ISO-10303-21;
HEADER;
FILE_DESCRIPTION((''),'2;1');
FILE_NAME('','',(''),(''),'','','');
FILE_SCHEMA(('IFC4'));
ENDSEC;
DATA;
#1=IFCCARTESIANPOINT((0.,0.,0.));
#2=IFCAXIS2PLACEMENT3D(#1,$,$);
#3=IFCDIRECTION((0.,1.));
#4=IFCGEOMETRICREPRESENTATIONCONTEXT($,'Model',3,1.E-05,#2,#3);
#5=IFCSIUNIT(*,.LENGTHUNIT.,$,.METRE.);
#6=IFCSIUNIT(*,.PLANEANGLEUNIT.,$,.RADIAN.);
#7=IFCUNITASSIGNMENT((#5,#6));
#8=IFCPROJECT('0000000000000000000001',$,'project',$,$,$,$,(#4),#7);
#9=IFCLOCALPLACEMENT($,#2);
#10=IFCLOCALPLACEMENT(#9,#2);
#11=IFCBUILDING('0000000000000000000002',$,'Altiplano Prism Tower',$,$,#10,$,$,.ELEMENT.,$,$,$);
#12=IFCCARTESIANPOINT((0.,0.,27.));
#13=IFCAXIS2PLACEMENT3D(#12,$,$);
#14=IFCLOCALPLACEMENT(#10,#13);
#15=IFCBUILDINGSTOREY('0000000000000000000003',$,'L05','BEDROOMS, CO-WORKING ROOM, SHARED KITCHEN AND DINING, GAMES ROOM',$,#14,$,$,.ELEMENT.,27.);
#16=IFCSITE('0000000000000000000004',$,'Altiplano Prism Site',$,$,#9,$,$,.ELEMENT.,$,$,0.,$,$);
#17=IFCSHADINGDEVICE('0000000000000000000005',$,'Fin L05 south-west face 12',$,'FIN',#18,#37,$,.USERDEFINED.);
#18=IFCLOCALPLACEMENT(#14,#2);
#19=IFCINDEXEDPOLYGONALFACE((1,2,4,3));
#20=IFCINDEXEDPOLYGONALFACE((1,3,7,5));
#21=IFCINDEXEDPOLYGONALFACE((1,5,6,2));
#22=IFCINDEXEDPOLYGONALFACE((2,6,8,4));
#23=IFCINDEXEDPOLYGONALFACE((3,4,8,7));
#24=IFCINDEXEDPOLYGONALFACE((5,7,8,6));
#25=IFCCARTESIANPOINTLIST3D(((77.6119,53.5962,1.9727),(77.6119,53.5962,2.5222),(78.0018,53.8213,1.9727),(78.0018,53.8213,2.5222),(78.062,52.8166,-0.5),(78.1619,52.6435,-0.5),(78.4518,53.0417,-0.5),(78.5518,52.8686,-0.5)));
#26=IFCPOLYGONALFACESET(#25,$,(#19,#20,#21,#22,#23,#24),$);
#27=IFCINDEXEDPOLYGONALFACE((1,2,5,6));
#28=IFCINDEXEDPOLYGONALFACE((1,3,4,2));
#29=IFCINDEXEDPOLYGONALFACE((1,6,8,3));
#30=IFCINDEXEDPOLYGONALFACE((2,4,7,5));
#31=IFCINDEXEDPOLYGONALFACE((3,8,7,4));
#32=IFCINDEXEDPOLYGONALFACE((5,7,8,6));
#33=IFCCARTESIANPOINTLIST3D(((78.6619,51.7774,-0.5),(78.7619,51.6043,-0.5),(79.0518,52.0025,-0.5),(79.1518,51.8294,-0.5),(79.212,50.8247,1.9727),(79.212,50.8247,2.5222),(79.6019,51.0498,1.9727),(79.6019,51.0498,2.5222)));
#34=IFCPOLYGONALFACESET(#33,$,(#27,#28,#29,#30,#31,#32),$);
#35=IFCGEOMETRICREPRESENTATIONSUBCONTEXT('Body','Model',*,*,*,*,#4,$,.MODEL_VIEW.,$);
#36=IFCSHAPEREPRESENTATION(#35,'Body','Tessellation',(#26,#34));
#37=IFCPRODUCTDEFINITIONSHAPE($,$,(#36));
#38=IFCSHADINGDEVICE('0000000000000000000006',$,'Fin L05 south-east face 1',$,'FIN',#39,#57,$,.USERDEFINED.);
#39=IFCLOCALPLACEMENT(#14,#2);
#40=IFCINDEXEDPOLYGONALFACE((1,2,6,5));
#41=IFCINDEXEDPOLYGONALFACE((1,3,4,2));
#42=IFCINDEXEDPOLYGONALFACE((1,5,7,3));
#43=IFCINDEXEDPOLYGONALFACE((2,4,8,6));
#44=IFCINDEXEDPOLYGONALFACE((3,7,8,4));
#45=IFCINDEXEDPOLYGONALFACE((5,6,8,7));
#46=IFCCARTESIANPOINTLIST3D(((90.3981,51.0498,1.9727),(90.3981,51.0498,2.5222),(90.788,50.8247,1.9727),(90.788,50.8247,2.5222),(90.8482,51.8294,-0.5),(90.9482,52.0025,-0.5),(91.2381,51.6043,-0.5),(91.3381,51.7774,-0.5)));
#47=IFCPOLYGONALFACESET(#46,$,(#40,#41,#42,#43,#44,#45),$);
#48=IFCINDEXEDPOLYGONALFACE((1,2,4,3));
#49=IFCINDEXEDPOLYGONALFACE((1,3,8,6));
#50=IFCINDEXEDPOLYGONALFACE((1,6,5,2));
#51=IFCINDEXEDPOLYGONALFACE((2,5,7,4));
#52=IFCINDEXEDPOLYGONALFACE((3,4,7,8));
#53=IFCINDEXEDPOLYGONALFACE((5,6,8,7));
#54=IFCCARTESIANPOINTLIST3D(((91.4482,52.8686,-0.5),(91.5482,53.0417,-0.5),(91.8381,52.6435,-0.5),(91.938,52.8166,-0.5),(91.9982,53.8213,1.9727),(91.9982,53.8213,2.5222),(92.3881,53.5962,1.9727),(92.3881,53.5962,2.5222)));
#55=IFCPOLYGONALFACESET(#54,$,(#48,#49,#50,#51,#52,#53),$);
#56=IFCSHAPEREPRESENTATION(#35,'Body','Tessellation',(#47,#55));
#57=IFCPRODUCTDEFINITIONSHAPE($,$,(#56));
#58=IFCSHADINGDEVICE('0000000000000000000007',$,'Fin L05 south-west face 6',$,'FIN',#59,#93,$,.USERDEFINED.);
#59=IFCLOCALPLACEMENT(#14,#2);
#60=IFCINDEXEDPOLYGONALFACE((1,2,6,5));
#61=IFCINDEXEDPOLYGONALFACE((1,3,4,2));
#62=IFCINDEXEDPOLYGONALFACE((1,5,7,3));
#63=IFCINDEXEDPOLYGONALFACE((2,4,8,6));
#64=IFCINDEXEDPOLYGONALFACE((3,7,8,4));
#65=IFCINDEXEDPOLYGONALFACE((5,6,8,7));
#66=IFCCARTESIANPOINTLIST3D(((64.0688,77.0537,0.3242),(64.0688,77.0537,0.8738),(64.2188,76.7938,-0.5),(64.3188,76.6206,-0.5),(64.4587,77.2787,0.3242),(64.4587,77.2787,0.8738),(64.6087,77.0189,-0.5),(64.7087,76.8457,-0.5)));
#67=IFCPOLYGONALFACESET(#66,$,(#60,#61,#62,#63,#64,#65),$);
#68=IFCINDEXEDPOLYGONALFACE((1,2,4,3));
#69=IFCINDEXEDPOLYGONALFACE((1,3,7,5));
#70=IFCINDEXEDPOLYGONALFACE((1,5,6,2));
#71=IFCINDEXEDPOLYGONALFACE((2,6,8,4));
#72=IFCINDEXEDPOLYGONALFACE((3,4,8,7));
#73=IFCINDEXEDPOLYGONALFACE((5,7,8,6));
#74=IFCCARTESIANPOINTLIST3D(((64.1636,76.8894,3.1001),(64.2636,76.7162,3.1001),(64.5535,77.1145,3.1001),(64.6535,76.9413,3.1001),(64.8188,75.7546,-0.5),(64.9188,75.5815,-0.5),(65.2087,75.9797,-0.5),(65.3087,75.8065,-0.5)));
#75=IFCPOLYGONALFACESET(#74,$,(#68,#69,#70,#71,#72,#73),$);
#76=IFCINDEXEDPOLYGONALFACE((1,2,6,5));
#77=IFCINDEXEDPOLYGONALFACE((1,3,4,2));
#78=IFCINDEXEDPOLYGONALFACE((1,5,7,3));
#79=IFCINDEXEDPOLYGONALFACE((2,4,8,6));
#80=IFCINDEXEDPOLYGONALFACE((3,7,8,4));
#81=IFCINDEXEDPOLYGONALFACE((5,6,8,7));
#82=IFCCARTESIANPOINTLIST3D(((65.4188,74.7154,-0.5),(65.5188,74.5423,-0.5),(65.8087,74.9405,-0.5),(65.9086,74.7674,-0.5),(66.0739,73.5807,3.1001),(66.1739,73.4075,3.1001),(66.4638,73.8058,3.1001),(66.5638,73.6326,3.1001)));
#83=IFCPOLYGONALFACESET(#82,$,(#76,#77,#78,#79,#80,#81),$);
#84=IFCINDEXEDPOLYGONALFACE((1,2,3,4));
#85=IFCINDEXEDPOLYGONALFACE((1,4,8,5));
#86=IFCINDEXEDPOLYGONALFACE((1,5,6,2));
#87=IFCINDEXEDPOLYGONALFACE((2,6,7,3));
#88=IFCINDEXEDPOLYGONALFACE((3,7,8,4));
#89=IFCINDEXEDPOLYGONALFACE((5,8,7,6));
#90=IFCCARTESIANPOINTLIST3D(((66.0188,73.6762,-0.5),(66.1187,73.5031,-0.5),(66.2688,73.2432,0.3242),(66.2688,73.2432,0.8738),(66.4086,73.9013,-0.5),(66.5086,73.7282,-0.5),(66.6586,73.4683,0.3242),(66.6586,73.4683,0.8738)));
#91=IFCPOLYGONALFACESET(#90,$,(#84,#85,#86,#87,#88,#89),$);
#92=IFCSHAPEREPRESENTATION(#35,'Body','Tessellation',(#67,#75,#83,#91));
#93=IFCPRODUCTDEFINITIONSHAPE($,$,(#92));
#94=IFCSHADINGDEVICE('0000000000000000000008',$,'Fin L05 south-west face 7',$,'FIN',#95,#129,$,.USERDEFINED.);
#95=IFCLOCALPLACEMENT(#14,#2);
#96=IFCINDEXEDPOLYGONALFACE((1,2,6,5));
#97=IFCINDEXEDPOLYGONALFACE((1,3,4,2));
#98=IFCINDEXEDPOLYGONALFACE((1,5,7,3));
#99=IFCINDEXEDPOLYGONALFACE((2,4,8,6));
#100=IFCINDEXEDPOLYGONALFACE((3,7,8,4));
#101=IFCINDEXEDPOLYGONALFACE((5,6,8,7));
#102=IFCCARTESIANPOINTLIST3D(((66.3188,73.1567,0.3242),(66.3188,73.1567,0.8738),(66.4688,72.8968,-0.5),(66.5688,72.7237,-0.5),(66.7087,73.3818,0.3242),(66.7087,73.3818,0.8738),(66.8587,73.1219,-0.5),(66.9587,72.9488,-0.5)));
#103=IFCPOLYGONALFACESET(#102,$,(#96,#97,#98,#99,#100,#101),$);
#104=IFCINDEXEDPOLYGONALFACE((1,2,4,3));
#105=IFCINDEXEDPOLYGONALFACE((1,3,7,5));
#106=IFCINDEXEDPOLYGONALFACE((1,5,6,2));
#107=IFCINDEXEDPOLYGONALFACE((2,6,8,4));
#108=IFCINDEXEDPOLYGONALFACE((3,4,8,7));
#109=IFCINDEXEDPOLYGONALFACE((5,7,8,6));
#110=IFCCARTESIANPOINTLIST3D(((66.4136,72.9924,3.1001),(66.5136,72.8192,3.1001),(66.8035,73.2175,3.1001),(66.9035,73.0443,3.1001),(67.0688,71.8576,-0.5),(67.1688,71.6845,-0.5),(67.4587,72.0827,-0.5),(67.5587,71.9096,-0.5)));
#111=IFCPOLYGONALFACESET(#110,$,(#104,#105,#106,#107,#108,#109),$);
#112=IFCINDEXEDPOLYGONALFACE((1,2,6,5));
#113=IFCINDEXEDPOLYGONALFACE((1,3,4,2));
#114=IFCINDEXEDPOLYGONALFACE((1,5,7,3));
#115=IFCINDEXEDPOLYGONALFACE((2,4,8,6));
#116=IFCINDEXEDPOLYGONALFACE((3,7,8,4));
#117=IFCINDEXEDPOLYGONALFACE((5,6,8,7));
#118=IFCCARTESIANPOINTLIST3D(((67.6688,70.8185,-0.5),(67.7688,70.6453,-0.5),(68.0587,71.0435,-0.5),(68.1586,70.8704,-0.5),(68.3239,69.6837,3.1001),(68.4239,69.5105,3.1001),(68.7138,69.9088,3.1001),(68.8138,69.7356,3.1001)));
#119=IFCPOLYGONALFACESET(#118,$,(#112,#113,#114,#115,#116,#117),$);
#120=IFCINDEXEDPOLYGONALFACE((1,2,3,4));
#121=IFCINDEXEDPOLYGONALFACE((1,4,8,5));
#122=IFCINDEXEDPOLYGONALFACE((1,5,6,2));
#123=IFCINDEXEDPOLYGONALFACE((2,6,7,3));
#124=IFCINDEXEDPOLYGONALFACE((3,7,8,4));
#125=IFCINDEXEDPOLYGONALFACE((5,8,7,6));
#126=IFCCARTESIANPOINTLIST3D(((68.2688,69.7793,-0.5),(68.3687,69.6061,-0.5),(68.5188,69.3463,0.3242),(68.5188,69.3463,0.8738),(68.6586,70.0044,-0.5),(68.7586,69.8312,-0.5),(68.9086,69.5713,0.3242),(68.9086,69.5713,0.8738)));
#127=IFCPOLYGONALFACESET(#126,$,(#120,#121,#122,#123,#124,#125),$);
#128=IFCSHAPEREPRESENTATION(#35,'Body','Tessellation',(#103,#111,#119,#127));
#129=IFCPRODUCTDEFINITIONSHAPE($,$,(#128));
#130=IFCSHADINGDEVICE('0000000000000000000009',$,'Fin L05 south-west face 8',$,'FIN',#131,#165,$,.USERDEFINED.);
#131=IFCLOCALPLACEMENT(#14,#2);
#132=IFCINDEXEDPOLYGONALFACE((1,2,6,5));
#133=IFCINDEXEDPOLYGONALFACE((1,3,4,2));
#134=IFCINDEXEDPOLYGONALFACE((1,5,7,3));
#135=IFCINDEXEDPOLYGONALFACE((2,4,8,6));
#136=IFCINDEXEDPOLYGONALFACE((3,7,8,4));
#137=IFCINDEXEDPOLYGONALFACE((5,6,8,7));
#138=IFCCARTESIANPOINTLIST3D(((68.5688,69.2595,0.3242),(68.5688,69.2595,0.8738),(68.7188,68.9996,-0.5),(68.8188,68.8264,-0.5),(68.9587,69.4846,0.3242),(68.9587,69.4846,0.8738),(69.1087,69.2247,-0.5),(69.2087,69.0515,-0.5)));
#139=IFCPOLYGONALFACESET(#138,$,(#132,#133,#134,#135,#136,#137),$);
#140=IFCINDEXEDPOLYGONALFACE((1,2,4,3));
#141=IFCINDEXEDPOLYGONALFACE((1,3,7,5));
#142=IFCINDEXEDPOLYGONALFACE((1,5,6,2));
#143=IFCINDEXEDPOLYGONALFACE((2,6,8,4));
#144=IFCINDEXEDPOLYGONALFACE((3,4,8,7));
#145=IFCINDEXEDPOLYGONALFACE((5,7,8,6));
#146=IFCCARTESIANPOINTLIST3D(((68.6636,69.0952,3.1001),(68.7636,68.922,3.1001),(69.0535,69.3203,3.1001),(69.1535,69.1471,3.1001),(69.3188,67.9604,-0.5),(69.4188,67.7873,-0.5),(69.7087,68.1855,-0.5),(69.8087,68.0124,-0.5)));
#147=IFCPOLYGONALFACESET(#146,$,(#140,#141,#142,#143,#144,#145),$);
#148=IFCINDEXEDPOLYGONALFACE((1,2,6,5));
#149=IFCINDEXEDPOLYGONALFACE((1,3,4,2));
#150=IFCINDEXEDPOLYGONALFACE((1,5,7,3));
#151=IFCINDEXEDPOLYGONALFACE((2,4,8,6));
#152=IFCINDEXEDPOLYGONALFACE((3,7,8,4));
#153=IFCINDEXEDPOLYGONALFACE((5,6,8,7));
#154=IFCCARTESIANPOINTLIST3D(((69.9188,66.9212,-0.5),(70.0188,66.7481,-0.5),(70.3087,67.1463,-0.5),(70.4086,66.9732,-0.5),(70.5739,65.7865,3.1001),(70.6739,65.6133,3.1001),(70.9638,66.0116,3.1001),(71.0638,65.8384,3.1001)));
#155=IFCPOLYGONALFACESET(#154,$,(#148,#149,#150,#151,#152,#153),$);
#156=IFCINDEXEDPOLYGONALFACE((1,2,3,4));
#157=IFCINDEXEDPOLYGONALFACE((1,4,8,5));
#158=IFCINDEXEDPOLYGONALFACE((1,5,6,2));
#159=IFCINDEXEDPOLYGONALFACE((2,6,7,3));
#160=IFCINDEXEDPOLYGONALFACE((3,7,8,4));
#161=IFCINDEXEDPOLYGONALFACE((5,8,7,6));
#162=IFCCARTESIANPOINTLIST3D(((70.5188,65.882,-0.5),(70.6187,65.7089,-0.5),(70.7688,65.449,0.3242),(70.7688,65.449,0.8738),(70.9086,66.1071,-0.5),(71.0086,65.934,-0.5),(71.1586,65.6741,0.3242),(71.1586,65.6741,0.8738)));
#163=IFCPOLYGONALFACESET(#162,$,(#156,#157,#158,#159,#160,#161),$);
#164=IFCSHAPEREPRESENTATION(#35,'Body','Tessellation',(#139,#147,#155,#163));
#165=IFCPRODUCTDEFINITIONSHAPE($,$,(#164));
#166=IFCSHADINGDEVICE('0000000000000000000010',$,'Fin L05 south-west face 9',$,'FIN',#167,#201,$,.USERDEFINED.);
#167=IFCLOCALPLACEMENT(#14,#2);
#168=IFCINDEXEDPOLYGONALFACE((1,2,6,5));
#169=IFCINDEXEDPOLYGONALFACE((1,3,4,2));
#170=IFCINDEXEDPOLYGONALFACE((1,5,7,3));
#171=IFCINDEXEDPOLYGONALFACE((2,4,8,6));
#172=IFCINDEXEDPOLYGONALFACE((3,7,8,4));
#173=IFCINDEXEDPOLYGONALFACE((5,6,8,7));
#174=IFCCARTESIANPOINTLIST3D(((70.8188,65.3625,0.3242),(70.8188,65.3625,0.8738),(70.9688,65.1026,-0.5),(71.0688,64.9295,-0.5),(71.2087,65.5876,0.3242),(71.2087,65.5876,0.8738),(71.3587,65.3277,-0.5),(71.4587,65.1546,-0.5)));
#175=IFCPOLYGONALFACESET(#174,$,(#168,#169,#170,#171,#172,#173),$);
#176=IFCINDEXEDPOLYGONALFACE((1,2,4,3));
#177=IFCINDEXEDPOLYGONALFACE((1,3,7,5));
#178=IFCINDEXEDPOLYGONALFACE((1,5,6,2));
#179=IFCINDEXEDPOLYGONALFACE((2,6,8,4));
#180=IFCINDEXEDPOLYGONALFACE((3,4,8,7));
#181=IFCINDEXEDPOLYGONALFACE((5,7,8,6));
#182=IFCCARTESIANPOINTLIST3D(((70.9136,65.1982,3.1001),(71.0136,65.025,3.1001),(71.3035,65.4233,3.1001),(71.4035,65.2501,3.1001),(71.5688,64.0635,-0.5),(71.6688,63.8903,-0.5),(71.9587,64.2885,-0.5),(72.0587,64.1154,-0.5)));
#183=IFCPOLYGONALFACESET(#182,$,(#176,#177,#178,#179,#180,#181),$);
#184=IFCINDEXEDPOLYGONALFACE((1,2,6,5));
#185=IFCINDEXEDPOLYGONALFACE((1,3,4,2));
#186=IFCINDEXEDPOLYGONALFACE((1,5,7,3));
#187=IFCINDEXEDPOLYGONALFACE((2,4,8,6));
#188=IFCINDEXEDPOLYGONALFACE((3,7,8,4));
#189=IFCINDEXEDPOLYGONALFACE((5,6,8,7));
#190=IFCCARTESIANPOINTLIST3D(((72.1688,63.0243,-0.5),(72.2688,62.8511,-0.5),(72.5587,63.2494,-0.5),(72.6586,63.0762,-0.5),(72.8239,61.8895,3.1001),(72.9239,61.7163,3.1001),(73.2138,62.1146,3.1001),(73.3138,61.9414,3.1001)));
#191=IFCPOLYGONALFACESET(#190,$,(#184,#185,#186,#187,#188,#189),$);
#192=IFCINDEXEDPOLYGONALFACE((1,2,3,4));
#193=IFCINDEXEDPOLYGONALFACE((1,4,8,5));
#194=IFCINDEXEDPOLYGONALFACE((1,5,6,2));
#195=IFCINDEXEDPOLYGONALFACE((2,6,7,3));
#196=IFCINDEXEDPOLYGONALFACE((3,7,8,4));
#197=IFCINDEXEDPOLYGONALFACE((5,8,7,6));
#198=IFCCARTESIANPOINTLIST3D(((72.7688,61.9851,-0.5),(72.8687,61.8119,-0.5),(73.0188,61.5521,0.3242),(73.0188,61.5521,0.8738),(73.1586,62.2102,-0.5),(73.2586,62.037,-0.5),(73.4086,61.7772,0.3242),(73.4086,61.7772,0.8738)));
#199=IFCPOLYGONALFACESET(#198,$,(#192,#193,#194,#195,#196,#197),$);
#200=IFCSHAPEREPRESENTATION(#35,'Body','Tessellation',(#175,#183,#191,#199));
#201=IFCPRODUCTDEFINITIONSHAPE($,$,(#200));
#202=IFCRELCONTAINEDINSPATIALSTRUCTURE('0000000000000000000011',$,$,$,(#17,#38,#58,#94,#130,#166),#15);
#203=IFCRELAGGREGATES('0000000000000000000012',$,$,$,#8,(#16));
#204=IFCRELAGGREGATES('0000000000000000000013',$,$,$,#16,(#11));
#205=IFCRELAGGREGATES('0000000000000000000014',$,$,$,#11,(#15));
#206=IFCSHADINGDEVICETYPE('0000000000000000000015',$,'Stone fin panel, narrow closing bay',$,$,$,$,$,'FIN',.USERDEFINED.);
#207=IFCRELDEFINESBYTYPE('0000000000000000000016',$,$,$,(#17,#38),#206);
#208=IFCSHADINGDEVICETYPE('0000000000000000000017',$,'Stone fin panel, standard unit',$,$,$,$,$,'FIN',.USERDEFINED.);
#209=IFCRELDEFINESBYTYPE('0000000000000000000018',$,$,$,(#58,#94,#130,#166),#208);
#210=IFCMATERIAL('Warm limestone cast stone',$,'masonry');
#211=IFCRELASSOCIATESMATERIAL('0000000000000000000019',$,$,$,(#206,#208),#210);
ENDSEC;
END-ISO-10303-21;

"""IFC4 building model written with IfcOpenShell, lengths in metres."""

from ifc_helpers import new_model, si_unit, direction, frame, origin, place, context, subcontext, project, spatial, polyline, outline, extrude, source, transform, mapped, material, type_object, element, save


model = new_model("IFC4")

# Units and contexts
model_context = context("Model", 3, precision=1e-05, world=origin(), true_north=direction((0.0, 1.0)))
body_context = subcontext(model_context, "Body", "Model", "MODEL_VIEW")
ifc_project = project(units=[si_unit("LENGTHUNIT", "METRE"), si_unit("PLANEANGLEUNIT", "RADIAN")], contexts=[model_context])

# Site, building, storey
site_placement = place(None, origin())
site = spatial("IfcSite", under=ifc_project, at=site_placement, Name="Altiplano Prism Site", CompositionType="ELEMENT", RefElevation=0.0)
building_placement = place(site_placement, origin())
building = spatial("IfcBuilding", under=site, at=building_placement, Name="Altiplano Prism Tower", CompositionType="ELEMENT")
storey_placement = place(building_placement, frame((0.0, 0.0, 27.0)))
storey = spatial("IfcBuildingStorey", under=building, at=storey_placement, Name="L05", Description="BEDROOMS, CO-WORKING ROOM, SHARED KITCHEN AND DINING, GAMES ROOM", CompositionType="ELEMENT", Elevation=27.0)

# Shading devices
ifc_material_1 = material(Name="Warm limestone cast stone", Category="masonry")
shading_device_type_1 = type_object("IfcShadingDeviceType", Name="Stone fin panel, narrow closing bay", ElementType="FIN", PredefinedType="USERDEFINED", material=ifc_material_1)
shared_shape_1 = source(origin(), body_context, "Body", "SweptSolid", [
    extrude(outline(polyline([(-1.6001, 3.0222), (-1.6001, 2.4727), (-0.7, 0.0), (-0.5, 0.0), (-1.6001, 3.0222)])), frame((0.0, -0.1499, 0.0), z_axis=(0.0, -1.0, 0.0), x_axis=(1.0, 0.0, 0.0)), (0.0, 0.0, 1.0), 0.4502),
    extrude(outline(polyline([(1.6001, 2.4727), (1.6001, 3.0222), (0.5, 0.0), (0.7, 0.0), (1.6001, 2.4727)])), frame((0.0, -0.1499, 0.0), z_axis=(0.0, -1.0, 0.0), x_axis=(1.0, 0.0, 0.0)), (0.0, 0.0, 1.0), 0.4502),
])
shading_device_1_placement = place(storey_placement, origin())
element("IfcShadingDevice", 1, at=shading_device_1_placement, inside=storey, type_object=shading_device_type_1, Name="Fin L05 south-west face 12", ObjectType="FIN", PredefinedType="USERDEFINED", context=body_context, shape_type="MappedRepresentation", body=[
    mapped(shared_shape_1, transform((78.9316, 52.5105, -0.5), x_axis=(0.5, -0.866025, 0.0), y_axis=(0.866025, 0.5, 0.0), z_axis=(0.0, 0.0, 1.0))),
])
shading_device_2_placement = place(storey_placement, origin())
element("IfcShadingDevice", 2, at=shading_device_2_placement, inside=storey, type_object=shading_device_type_1, Name="Fin L05 south-east face 1", ObjectType="FIN", PredefinedType="USERDEFINED", context=body_context, shape_type="MappedRepresentation", body=[
    mapped(shared_shape_1, transform((91.0684, 52.5105, -0.5), x_axis=(0.5, 0.866025, 0.0), y_axis=(-0.866025, 0.5, 0.0), z_axis=(0.0, 0.0, 1.0))),
])
shading_device_type_2 = type_object("IfcShadingDeviceType", Name="Stone fin panel, standard unit", ElementType="FIN", PredefinedType="USERDEFINED", material=ifc_material_1)
shared_shape_2 = source(origin(), body_context, "Body", "SweptSolid", [
    extrude(outline(polyline([(-2.2, 1.3738), (-2.2, 0.8242), (-1.8999, 0.0), (-1.7, 0.0), (-2.2, 1.3738)])), frame((0.0, -0.1499, 0.0), z_axis=(0.0, -1.0, 0.0), x_axis=(1.0, 0.0, 0.0)), (0.0, 0.0, 1.0), 0.4502),
    extrude(outline(polyline([(-2.0103, 3.6001), (-0.7, 0.0), (-0.5, 0.0), (-1.8103, 3.6001), (-2.0103, 3.6001)])), frame((0.0, -0.1499, 0.0), z_axis=(0.0, -1.0, 0.0), x_axis=(1.0, 0.0, 0.0)), (0.0, 0.0, 1.0), 0.4502),
    extrude(outline(polyline([(1.8103, 3.6001), (0.5, 0.0), (0.7, 0.0), (2.0103, 3.6001), (1.8103, 3.6001)])), frame((0.0, -0.1499, 0.0), z_axis=(0.0, -1.0, 0.0), x_axis=(1.0, 0.0, 0.0)), (0.0, 0.0, 1.0), 0.4502),
    extrude(outline(polyline([(2.2, 0.8242), (2.2, 1.3738), (1.7, 0.0), (1.8999, 0.0), (2.2, 0.8242)])), frame((0.0, -0.1499, 0.0), z_axis=(0.0, -1.0, 0.0), x_axis=(1.0, 0.0, 0.0)), (0.0, 0.0, 1.0), 0.4502),
])
shading_device_3_placement = place(storey_placement, origin())
element("IfcShadingDevice", 3, at=shading_device_3_placement, inside=storey, type_object=shading_device_type_2, Name="Fin L05 south-west face 6", ObjectType="FIN", PredefinedType="USERDEFINED", context=body_context, shape_type="MappedRepresentation", body=[
    mapped(shared_shape_2, transform((65.6885, 75.4485, -0.5), x_axis=(0.5, -0.866025, 0.0), y_axis=(0.866025, 0.5, 0.0), z_axis=(0.0, 0.0, 1.0))),
])
shading_device_4_placement = place(storey_placement, origin())
element("IfcShadingDevice", 4, at=shading_device_4_placement, inside=storey, type_object=shading_device_type_2, Name="Fin L05 south-west face 7", ObjectType="FIN", PredefinedType="USERDEFINED", context=body_context, shape_type="MappedRepresentation", body=[
    mapped(shared_shape_2, transform((67.9385, 71.5515, -0.5), x_axis=(0.5, -0.866025, 0.0), y_axis=(0.866025, 0.5, 0.0), z_axis=(0.0, 0.0, 1.0))),
])
shading_device_5_placement = place(storey_placement, origin())
element("IfcShadingDevice", 5, at=shading_device_5_placement, inside=storey, type_object=shading_device_type_2, Name="Fin L05 south-west face 8", ObjectType="FIN", PredefinedType="USERDEFINED", context=body_context, shape_type="MappedRepresentation", body=[
    mapped(shared_shape_2, transform((70.1885, 67.6543, -0.5), x_axis=(0.5, -0.866025, 0.0), y_axis=(0.866025, 0.5, 0.0), z_axis=(0.0, 0.0, 1.0))),
])
shading_device_6_placement = place(storey_placement, origin())
element("IfcShadingDevice", 6, at=shading_device_6_placement, inside=storey, type_object=shading_device_type_2, Name="Fin L05 south-west face 9", ObjectType="FIN", PredefinedType="USERDEFINED", context=body_context, shape_type="MappedRepresentation", body=[
    mapped(shared_shape_2, transform((72.4385, 63.7573, -0.5), x_axis=(0.5, -0.866025, 0.0), y_axis=(0.866025, 0.5, 0.0), z_axis=(0.0, 0.0, 1.0))),
])

save(model, "model.ifc")
